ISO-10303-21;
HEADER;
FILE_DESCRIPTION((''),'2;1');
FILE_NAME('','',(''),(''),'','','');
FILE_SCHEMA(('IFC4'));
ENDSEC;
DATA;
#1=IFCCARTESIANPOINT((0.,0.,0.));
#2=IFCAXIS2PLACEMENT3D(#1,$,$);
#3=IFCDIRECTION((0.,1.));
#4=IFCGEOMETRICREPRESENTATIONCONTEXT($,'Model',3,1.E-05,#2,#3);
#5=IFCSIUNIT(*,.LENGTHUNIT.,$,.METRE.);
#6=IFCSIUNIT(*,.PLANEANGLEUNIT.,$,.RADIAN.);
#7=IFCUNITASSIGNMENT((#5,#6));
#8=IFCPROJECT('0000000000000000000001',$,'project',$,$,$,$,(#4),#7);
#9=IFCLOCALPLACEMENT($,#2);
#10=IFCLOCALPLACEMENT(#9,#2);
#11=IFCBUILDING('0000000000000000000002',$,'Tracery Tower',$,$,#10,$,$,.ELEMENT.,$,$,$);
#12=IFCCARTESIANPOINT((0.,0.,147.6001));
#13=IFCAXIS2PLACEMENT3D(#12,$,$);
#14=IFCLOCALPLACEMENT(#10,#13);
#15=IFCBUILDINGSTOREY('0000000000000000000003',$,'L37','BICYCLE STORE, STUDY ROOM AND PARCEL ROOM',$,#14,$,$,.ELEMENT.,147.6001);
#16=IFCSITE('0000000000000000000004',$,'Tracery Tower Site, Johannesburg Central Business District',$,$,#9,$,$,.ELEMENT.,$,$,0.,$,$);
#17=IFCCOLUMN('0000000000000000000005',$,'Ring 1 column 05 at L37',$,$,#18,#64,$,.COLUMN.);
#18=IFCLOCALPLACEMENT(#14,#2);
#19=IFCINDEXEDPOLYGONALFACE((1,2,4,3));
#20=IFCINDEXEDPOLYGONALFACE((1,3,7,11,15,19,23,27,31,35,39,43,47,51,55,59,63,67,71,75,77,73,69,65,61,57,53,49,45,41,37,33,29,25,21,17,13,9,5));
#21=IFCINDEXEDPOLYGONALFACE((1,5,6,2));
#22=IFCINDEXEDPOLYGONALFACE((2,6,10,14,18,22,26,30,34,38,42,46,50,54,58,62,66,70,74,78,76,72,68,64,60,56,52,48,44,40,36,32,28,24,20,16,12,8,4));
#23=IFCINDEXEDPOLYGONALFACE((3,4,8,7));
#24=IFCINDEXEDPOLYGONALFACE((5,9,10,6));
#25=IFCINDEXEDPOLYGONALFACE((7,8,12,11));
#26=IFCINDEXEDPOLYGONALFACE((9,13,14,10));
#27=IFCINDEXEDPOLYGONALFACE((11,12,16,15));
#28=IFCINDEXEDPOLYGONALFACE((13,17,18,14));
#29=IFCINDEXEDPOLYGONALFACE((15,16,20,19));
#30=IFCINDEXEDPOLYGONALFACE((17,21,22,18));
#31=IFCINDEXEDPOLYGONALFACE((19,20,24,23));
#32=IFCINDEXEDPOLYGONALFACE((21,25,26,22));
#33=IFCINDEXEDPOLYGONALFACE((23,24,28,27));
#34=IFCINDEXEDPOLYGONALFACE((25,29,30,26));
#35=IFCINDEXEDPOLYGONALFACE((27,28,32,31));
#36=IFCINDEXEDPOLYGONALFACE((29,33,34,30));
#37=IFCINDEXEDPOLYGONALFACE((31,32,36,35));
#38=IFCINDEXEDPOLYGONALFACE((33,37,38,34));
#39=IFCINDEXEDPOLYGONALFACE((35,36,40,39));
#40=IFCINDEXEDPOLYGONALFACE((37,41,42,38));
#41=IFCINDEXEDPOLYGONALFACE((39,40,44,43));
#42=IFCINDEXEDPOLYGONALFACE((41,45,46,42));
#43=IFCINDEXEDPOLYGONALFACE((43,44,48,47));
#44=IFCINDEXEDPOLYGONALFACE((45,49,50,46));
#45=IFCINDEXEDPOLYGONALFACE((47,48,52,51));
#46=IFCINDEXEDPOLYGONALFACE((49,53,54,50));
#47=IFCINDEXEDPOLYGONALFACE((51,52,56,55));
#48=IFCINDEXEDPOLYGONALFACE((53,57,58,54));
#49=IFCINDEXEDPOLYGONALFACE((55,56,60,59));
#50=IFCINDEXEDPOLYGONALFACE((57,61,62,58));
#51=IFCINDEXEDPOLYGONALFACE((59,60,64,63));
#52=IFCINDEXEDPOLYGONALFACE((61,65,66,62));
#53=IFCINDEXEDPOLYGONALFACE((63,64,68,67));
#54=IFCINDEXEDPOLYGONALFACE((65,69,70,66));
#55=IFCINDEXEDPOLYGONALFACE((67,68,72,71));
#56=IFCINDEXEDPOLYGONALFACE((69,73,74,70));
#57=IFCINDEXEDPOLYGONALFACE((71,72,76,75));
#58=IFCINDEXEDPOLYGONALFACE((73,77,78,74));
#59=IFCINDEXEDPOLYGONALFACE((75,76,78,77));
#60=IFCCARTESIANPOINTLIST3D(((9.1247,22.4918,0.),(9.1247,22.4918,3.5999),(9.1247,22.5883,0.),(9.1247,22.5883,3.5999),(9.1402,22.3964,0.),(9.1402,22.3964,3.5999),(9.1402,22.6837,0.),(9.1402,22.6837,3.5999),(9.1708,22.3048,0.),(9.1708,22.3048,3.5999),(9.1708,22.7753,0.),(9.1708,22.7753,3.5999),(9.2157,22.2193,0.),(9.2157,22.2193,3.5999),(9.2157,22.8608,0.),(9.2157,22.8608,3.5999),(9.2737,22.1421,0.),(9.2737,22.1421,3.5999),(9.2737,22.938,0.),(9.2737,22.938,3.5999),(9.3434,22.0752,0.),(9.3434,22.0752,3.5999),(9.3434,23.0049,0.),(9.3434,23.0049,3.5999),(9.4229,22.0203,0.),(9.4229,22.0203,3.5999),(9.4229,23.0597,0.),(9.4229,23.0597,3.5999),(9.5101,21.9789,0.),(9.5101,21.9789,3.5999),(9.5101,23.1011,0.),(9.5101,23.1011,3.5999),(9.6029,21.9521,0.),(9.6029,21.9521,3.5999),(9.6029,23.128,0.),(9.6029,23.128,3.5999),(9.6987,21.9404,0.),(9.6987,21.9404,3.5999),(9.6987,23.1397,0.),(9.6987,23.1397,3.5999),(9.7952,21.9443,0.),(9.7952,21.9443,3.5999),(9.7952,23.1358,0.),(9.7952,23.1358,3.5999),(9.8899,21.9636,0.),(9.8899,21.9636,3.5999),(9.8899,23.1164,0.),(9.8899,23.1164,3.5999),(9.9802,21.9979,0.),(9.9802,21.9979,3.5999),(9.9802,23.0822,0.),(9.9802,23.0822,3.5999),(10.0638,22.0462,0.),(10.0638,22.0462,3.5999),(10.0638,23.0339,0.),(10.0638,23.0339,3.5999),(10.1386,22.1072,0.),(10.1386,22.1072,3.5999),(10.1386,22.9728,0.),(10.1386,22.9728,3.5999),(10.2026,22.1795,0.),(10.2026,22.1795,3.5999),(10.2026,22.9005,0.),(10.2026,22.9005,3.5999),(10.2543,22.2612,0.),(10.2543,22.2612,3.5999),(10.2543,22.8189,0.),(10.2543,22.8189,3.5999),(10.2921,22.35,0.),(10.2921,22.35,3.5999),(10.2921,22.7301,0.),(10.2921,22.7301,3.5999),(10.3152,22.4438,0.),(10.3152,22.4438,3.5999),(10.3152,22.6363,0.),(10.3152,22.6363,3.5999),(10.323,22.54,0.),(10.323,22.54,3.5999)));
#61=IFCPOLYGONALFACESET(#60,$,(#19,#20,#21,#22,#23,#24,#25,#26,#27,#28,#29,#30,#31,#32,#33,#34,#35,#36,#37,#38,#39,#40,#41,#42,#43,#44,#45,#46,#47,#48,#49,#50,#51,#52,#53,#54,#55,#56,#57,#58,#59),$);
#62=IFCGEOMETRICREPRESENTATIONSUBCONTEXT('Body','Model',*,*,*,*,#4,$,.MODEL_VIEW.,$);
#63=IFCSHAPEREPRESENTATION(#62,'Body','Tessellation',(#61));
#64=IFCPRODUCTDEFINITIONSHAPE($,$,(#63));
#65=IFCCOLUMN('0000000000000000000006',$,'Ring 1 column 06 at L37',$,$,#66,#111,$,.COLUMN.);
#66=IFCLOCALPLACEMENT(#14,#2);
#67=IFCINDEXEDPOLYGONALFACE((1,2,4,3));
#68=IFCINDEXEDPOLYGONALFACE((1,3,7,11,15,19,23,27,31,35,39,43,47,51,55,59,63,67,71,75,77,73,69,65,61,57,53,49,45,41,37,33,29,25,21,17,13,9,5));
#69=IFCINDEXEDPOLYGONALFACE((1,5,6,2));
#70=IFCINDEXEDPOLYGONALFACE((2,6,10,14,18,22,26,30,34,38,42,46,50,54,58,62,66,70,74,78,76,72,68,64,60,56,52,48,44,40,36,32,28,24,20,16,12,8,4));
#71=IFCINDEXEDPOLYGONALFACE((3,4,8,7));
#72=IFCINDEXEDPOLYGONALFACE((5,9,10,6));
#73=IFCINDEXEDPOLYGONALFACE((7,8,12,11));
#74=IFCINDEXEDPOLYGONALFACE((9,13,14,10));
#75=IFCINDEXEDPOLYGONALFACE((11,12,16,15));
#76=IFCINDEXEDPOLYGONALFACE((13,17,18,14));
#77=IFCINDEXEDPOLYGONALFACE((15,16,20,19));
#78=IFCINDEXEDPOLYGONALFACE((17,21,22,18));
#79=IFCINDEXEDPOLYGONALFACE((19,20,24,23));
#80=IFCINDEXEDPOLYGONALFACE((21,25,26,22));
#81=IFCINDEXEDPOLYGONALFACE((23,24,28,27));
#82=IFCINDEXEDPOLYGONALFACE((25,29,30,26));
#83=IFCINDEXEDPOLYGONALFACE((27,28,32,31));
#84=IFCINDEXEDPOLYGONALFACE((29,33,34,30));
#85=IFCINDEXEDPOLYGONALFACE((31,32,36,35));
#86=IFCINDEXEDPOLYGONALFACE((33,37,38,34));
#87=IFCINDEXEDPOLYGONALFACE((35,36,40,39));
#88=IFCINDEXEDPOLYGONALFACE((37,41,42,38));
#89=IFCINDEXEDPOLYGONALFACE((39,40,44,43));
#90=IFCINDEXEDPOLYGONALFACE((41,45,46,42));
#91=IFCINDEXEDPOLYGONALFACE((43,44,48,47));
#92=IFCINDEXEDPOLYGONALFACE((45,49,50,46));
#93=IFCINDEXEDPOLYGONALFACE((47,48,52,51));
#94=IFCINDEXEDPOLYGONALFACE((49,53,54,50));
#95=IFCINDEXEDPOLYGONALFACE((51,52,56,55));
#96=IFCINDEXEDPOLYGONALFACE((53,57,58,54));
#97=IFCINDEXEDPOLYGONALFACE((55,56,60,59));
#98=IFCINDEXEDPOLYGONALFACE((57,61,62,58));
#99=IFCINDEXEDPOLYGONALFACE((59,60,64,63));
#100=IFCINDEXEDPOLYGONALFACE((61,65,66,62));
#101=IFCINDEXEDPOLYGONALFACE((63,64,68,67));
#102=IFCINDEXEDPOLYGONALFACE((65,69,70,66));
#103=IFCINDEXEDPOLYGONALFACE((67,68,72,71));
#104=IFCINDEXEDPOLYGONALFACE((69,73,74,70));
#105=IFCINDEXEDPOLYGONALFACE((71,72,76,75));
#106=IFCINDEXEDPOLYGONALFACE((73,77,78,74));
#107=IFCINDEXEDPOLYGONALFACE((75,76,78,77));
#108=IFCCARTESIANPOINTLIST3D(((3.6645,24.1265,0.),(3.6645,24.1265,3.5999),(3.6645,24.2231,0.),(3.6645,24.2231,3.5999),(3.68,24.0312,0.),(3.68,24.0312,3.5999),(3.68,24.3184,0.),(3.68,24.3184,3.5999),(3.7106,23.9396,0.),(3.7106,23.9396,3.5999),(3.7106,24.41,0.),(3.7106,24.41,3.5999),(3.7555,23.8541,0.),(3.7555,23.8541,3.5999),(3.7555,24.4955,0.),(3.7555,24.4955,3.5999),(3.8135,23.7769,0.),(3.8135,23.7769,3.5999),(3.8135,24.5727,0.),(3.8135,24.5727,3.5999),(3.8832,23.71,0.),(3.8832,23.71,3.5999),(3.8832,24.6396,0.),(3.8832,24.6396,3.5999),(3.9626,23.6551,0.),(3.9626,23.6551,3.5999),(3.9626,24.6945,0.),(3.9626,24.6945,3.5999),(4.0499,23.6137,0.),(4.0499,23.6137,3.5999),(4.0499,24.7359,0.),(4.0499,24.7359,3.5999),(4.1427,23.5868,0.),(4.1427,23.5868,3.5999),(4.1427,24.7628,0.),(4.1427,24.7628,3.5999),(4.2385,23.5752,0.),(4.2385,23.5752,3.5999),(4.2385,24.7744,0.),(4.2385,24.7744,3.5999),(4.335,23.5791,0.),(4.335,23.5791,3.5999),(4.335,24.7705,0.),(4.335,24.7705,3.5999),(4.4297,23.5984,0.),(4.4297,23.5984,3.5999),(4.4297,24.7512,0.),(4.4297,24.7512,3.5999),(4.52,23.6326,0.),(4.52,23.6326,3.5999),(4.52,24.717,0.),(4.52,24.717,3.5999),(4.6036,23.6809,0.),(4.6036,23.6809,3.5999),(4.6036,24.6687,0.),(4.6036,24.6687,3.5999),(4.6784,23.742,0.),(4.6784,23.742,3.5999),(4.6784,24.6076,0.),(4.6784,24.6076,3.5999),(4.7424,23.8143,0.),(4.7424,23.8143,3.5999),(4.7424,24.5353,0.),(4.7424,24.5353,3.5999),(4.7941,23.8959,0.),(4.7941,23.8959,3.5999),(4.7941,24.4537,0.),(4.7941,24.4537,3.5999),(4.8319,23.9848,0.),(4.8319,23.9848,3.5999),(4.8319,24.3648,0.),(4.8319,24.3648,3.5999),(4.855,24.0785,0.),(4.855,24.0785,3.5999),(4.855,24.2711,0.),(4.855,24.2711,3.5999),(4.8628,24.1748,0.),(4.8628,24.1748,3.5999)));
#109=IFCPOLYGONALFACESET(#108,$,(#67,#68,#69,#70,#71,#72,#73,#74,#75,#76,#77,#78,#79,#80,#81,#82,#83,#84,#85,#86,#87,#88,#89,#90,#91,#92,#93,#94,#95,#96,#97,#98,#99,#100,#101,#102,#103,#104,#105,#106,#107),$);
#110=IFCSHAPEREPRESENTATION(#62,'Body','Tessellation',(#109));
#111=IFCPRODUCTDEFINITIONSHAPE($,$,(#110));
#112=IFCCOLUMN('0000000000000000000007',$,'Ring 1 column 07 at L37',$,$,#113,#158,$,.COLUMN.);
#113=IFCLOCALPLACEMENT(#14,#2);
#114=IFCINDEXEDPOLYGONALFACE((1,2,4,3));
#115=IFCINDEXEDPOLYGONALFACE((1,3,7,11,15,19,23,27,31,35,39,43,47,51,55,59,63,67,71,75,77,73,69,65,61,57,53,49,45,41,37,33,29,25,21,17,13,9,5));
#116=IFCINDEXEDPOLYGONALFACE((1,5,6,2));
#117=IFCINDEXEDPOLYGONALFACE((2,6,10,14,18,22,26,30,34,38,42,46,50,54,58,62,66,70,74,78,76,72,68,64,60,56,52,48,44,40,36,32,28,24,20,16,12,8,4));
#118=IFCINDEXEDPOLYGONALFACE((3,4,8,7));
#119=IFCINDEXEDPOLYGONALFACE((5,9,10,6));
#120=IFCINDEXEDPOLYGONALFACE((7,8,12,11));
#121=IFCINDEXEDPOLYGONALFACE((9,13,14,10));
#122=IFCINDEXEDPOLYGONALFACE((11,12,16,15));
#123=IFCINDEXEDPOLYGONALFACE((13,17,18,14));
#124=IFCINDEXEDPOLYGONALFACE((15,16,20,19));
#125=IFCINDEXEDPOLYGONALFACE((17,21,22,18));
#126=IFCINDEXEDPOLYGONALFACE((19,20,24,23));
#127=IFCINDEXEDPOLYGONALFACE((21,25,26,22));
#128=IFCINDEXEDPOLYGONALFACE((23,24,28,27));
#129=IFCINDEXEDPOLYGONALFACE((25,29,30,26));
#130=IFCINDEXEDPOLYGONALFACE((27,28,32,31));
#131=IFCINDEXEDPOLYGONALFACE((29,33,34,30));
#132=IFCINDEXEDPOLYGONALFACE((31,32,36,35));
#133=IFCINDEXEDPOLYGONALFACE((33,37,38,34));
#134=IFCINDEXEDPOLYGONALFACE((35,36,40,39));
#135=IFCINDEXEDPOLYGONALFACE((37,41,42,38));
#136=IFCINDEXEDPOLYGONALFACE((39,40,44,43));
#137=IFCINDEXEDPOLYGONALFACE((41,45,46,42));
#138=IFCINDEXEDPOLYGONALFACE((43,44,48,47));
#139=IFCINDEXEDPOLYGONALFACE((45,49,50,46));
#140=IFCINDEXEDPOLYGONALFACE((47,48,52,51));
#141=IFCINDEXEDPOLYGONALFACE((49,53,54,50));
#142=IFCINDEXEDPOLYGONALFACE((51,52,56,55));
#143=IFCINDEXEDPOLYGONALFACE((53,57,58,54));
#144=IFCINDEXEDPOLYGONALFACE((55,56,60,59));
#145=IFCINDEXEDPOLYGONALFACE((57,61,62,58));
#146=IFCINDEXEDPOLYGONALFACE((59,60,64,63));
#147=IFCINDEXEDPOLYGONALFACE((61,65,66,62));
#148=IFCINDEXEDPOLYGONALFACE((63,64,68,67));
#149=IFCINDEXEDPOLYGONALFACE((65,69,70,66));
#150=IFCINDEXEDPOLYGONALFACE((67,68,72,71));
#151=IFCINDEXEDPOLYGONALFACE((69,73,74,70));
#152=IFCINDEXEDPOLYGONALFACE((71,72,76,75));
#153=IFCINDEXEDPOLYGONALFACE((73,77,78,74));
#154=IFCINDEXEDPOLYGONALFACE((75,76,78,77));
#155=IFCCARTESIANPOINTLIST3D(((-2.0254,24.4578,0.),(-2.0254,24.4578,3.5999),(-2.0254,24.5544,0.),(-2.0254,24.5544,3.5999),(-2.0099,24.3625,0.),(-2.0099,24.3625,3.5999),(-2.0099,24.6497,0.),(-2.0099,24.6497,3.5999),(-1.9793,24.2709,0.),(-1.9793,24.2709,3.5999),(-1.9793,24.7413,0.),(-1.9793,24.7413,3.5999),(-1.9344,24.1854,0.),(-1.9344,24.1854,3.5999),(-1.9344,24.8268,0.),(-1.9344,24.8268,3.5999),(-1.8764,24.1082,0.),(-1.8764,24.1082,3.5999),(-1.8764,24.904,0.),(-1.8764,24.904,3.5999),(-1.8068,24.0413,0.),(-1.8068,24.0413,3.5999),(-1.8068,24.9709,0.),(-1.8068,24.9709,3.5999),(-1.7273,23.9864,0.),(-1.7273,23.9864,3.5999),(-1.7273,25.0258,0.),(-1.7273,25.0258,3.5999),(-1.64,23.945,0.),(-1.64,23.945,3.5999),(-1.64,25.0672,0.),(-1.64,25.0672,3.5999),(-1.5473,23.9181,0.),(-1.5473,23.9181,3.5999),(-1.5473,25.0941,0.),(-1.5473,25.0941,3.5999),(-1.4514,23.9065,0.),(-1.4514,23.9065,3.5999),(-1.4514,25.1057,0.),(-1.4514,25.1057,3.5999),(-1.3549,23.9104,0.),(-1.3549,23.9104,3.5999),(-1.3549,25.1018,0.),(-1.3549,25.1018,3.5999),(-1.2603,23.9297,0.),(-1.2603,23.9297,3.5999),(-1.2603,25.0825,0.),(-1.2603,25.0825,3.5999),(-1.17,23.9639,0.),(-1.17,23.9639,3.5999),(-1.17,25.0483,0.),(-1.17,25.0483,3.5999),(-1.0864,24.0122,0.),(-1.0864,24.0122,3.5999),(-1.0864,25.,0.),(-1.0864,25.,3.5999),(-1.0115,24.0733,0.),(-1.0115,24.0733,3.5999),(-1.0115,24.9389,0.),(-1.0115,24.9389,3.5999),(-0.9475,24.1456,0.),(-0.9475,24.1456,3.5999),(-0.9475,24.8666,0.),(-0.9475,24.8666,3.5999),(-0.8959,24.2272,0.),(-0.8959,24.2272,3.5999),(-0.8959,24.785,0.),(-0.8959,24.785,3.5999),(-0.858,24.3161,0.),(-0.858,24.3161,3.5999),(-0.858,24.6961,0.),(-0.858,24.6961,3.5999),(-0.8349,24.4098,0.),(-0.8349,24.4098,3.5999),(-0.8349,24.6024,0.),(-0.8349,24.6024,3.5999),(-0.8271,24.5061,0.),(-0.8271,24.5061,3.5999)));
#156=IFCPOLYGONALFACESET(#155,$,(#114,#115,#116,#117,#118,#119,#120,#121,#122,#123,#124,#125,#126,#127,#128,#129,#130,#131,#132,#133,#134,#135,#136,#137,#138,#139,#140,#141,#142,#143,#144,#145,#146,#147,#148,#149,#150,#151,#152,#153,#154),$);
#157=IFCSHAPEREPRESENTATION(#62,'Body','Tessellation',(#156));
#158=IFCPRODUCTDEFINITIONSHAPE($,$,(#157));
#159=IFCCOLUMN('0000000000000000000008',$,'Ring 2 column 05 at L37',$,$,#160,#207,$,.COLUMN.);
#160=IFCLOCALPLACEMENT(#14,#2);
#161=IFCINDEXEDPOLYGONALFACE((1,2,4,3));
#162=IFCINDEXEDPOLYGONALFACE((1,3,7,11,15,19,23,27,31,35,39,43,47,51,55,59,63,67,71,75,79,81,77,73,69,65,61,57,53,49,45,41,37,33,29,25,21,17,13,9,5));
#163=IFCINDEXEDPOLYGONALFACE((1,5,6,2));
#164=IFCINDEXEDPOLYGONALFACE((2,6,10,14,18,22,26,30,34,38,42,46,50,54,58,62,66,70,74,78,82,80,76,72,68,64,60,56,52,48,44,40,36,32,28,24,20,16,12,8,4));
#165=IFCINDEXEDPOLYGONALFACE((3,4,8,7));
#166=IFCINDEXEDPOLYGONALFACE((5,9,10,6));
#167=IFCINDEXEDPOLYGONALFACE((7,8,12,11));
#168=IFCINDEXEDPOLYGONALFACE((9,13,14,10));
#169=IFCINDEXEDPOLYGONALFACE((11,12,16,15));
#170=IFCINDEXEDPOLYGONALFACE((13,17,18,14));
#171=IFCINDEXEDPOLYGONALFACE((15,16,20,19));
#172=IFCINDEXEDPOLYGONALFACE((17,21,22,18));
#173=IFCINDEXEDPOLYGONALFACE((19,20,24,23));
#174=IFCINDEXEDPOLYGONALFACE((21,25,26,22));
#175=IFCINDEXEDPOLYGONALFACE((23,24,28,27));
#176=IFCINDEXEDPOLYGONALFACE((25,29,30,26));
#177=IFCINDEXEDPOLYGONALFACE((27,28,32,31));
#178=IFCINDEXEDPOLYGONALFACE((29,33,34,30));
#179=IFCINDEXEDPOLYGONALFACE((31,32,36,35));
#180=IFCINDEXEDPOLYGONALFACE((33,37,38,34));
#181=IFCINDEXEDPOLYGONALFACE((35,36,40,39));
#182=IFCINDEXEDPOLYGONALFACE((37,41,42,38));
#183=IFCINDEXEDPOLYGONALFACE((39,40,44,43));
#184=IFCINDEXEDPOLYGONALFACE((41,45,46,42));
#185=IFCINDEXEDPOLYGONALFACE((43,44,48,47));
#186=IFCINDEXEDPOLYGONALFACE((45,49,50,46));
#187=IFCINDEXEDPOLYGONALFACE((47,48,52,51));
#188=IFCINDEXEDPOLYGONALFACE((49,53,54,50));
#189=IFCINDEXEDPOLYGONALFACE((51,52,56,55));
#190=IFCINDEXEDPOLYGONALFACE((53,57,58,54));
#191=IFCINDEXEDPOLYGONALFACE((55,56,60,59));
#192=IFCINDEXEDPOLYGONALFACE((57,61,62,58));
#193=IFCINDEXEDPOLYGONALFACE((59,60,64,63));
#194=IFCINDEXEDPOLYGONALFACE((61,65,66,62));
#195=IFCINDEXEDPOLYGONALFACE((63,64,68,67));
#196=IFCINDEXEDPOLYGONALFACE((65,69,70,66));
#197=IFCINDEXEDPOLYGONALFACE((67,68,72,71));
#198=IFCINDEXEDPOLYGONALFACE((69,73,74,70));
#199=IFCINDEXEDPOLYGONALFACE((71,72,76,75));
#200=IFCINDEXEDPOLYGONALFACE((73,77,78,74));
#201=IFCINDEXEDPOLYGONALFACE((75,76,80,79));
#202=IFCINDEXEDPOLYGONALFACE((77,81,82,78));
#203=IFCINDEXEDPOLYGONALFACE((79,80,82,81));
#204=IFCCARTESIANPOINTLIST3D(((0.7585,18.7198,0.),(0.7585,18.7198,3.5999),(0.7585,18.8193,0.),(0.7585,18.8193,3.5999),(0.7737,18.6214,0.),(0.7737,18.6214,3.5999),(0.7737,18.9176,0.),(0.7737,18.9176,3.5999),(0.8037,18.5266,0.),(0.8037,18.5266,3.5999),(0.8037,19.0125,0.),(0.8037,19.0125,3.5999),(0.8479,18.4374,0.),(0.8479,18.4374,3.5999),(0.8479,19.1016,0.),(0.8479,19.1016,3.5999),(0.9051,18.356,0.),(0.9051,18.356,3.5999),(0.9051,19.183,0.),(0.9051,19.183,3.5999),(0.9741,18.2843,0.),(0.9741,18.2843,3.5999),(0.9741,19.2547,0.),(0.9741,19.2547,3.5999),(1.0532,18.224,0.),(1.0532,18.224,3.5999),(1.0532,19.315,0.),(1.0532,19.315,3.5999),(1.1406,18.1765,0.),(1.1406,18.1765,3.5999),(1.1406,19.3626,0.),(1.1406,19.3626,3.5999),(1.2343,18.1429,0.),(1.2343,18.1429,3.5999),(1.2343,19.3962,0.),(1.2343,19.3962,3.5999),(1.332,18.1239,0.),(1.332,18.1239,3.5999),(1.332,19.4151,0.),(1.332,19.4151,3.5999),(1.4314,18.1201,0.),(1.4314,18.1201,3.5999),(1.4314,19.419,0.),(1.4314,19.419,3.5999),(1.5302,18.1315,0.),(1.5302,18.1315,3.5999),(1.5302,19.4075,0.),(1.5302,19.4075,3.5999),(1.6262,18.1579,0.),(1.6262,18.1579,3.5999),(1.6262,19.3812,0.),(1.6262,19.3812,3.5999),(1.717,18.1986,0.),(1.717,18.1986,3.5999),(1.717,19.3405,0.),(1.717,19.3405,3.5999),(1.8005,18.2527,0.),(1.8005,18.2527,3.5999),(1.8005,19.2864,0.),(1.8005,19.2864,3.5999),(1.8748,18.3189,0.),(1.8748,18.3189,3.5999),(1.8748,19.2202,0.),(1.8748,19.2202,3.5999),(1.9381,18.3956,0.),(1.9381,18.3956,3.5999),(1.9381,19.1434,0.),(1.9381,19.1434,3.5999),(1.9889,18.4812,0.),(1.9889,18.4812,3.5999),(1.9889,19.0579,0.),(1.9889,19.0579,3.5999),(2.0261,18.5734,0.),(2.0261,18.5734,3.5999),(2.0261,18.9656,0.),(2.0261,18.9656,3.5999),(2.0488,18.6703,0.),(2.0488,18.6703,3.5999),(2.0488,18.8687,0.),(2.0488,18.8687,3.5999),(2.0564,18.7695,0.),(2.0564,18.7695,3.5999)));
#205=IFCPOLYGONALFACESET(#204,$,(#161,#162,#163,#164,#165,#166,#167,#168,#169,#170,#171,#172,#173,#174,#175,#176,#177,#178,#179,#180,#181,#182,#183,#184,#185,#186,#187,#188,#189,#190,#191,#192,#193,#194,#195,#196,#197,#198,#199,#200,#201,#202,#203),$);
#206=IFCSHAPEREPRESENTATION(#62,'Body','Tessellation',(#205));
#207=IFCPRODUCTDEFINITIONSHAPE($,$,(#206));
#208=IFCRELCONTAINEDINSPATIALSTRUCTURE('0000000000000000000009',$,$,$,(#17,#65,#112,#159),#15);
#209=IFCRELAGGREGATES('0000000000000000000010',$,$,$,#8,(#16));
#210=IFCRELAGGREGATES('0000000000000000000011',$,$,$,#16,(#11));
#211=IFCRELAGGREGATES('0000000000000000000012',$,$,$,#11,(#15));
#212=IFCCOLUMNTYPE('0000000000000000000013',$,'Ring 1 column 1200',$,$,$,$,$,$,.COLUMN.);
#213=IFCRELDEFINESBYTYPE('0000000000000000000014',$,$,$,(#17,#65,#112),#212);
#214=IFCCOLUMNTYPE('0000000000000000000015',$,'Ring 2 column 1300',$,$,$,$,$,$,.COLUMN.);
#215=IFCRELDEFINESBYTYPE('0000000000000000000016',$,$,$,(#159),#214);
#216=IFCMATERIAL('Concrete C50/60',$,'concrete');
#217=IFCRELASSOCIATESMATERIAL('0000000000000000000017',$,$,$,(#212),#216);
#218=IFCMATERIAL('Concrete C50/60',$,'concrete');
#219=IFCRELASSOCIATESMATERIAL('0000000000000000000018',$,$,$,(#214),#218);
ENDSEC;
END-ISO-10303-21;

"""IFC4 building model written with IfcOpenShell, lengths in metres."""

from ifc_helpers import new_model, si_unit, direction, frame, origin, origin_2d, place, context, subcontext, project, spatial, circle, extrude, material, material_profile, profile_set, type_object, element, save


model = new_model("IFC4")

# Units and contexts
model_context = context("Model", 3, precision=1e-05, world=origin(), true_north=direction((0.0, 1.0)))
body_context = subcontext(model_context, "Body", "Model", "MODEL_VIEW")
ifc_project = project(units=[si_unit("LENGTHUNIT", "METRE"), si_unit("PLANEANGLEUNIT", "RADIAN")], contexts=[model_context])

# Site, building, storey
site_placement = place(None, origin())
site = spatial("IfcSite", under=ifc_project, at=site_placement, Name="Tracery Tower Site, Johannesburg Central Business District", CompositionType="ELEMENT", RefElevation=0.0)
building_placement = place(site_placement, origin())
building = spatial("IfcBuilding", under=site, at=building_placement, Name="Tracery Tower", CompositionType="ELEMENT")
storey_placement = place(building_placement, frame((0.0, 0.0, 147.6001)))
storey = spatial("IfcBuildingStorey", under=building, at=storey_placement, Name="L37", Description="BICYCLE STORE, STUDY ROOM AND PARCEL ROOM", CompositionType="ELEMENT", Elevation=147.6001)

# Columns
ifc_material_1 = material(Name="Concrete C50/60", Category="concrete")
ifc_material_profile_1 = material_profile(ifc_material_1, circle(Radius=0.6001, at=origin_2d()), Name="RC D1200")
ifc_profile_set_1 = profile_set([ifc_material_profile_1], Name="Concrete C50/60")
column_type_1 = type_object("IfcColumnType", Name="Ring 1 column 1200", PredefinedType="COLUMN", material=ifc_profile_set_1)
for number, where, z_axis, x_axis, name in (
    (1, (9.7229, 22.54, 0.0), (0.0, 0.0, 1.0), (1.0, 0.0, 0.0), "Ring 1 column 05 at L37"),
    (2, (4.2627, 24.1748, 0.0), (0.0, 0.0, 1.0), (1.0, 0.0, 0.0), "Ring 1 column 06 at L37"),
    (3, (-1.4272, 24.5061, 0.0), (0.0, 0.0, 1.0), (1.0, 0.0, 0.0), "Ring 1 column 07 at L37"),
):
    element("IfcColumn", number, at=place(storey_placement, frame(where, z_axis=z_axis, x_axis=x_axis)), inside=storey, type_object=column_type_1, Name=name, PredefinedType="COLUMN", context=body_context, shape_type="SweptSolid", body=[
        extrude(circle(Radius=0.6001, at=origin_2d()), origin(), (0.0, 0.0, 1.0), 3.5999),
    ])
ifc_material_2 = material(Name="Concrete C50/60", Category="concrete")
ifc_material_profile_2 = material_profile(ifc_material_2, circle(Radius=0.6499, at=origin_2d()), Name="RC D1300")
ifc_profile_set_2 = profile_set([ifc_material_profile_2], Name="Concrete C50/60")
column_type_2 = type_object("IfcColumnType", Name="Ring 2 column 1300", PredefinedType="COLUMN", material=ifc_profile_set_2)
column_placement = place(storey_placement, frame((1.4065, 18.7695, 0.0), z_axis=(0.0, 0.0, 1.0), x_axis=(1.0, 0.0, 0.0)))
element("IfcColumn", 4, at=column_placement, inside=storey, type_object=column_type_2, Name="Ring 2 column 05 at L37", PredefinedType="COLUMN", context=body_context, shape_type="SweptSolid", body=[
    extrude(circle(Radius=0.6499, at=origin_2d()), origin(), (0.0, 0.0, 1.0), 3.5999),
])

save(model, "model.ifc")
